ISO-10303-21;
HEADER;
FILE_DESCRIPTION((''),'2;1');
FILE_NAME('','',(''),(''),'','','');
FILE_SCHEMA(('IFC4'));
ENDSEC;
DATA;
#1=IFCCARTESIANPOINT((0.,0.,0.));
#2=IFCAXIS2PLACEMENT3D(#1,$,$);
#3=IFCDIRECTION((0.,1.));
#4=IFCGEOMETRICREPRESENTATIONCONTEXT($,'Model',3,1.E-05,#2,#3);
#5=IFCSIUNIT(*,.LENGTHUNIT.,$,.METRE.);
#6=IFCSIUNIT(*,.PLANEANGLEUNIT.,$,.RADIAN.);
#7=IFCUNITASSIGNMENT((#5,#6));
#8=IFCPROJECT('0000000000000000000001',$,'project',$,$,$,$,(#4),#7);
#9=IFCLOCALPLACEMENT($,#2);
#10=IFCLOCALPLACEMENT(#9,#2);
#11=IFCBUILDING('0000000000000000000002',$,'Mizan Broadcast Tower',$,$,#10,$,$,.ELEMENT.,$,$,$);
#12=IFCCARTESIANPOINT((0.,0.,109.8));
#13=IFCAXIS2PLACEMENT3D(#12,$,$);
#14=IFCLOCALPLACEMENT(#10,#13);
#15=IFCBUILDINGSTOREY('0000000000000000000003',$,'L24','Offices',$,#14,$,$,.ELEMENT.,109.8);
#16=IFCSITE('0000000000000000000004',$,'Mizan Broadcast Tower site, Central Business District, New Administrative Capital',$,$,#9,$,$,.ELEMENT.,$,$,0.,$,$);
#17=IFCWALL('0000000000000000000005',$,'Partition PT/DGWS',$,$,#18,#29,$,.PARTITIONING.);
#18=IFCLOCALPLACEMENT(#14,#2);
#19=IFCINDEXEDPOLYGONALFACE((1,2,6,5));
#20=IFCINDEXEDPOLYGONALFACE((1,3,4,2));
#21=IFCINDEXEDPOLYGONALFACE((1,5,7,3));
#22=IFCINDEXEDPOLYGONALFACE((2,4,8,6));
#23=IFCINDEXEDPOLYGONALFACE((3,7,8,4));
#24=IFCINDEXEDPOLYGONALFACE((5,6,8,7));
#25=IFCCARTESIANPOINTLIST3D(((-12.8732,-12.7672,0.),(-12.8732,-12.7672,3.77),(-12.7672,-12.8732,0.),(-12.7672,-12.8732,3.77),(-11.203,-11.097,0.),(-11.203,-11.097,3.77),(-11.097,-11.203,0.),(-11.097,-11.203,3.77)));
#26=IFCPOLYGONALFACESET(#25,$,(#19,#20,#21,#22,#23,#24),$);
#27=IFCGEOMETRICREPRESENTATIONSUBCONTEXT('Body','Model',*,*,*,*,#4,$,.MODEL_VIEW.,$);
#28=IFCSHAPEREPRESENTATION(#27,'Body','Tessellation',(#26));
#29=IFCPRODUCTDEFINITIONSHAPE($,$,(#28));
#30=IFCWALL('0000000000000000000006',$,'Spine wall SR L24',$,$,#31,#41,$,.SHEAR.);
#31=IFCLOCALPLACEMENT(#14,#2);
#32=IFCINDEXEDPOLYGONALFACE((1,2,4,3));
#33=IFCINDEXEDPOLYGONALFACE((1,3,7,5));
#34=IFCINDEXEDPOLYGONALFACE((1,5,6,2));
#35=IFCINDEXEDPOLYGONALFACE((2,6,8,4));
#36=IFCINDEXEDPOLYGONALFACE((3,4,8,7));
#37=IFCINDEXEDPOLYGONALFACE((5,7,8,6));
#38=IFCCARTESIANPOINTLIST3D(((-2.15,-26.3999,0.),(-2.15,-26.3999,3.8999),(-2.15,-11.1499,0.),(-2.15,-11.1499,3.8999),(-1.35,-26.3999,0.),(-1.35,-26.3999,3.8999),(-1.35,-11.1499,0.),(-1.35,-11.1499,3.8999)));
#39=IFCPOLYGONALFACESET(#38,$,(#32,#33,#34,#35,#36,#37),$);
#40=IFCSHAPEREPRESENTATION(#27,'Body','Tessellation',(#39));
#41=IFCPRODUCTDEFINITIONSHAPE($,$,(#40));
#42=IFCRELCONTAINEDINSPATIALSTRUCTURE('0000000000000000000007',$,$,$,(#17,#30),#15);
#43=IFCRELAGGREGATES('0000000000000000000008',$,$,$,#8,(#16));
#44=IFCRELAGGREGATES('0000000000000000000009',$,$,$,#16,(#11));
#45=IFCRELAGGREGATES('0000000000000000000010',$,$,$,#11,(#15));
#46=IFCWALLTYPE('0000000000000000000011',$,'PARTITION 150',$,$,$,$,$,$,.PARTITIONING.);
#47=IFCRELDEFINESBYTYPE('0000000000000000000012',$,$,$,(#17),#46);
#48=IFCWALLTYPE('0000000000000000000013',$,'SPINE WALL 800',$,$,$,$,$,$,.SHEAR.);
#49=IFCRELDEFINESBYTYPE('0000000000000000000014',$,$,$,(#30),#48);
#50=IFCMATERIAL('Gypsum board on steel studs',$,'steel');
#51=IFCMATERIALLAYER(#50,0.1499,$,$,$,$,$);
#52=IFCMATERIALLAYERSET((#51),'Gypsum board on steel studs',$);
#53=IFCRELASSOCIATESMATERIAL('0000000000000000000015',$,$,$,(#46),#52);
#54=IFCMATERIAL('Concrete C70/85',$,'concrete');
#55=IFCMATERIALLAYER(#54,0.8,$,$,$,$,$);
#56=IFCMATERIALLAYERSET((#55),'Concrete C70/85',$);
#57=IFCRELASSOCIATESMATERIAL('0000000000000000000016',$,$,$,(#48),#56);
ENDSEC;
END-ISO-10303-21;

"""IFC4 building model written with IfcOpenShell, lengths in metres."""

from ifc_helpers import new_model, si_unit, direction, frame, frame_2d, origin, place, context, subcontext, project, spatial, rectangle, extrude, material, layer, layer_set, type_object, element, save


model = new_model("IFC4")

# Units and contexts
model_context = context("Model", 3, precision=1e-05, world=origin(), true_north=direction((0.0, 1.0)))
body_context = subcontext(model_context, "Body", "Model", "MODEL_VIEW")
ifc_project = project(units=[si_unit("LENGTHUNIT", "METRE"), si_unit("PLANEANGLEUNIT", "RADIAN")], contexts=[model_context])

# Site, building, storey
site_placement = place(None, origin())
site = spatial("IfcSite", under=ifc_project, at=site_placement, Name="Mizan Broadcast Tower site, Central Business District, New Administrative Capital", CompositionType="ELEMENT", RefElevation=0.0)
building_placement = place(site_placement, origin())
building = spatial("IfcBuilding", under=site, at=building_placement, Name="Mizan Broadcast Tower", CompositionType="ELEMENT")
storey_placement = place(building_placement, frame((0.0, 0.0, 109.8)))
storey = spatial("IfcBuildingStorey", under=building, at=storey_placement, Name="L24", Description="Offices", CompositionType="ELEMENT", Elevation=109.8)

# Walls
ifc_material_1 = material(Name="Gypsum board on steel studs", Category="steel")
ifc_layer_1 = layer(ifc_material_1, 0.1499)
ifc_layer_set_1 = layer_set([ifc_layer_1], Name="Gypsum board on steel studs")
wall_type_1 = type_object("IfcWallType", Name="PARTITION 150", PredefinedType="PARTITIONING", material=ifc_layer_set_1)
wall_1_placement = place(storey_placement, frame((-11.1499, -11.1499, 0.0), z_axis=(0.0, 0.0, 1.0), x_axis=(-0.707107, -0.707107, 0.0)))
element("IfcWall", 1, at=wall_1_placement, inside=storey, type_object=wall_type_1, Name="Partition PT/DGWS", PredefinedType="PARTITIONING", context=body_context, shape_type="SweptSolid", body=[
    extrude(rectangle(XDim=2.3621, YDim=0.1499, at=frame_2d((1.1812, 0.0))), origin(), (0.0, 0.0, 1.0), 3.77),
])
ifc_material_2 = material(Name="Concrete C70/85", Category="concrete")
ifc_layer_2 = layer(ifc_material_2, 0.8)
ifc_layer_set_2 = layer_set([ifc_layer_2], Name="Concrete C70/85")
wall_type_2 = type_object("IfcWallType", Name="SPINE WALL 800", PredefinedType="SHEAR", material=ifc_layer_set_2)
wall_2_placement = place(storey_placement, frame((-1.75, -11.1499, 0.0), z_axis=(0.0, 0.0, 1.0), x_axis=(0.0, -1.0, 0.0)))
element("IfcWall", 2, at=wall_2_placement, inside=storey, type_object=wall_type_2, Name="Spine wall SR L24", PredefinedType="SHEAR", context=body_context, shape_type="SweptSolid", body=[
    extrude(rectangle(XDim=15.25, YDim=0.8, at=frame_2d((7.625, 0.0))), origin(), (0.0, 0.0, 1.0), 3.8999),
])

save(model, "model.ifc")
